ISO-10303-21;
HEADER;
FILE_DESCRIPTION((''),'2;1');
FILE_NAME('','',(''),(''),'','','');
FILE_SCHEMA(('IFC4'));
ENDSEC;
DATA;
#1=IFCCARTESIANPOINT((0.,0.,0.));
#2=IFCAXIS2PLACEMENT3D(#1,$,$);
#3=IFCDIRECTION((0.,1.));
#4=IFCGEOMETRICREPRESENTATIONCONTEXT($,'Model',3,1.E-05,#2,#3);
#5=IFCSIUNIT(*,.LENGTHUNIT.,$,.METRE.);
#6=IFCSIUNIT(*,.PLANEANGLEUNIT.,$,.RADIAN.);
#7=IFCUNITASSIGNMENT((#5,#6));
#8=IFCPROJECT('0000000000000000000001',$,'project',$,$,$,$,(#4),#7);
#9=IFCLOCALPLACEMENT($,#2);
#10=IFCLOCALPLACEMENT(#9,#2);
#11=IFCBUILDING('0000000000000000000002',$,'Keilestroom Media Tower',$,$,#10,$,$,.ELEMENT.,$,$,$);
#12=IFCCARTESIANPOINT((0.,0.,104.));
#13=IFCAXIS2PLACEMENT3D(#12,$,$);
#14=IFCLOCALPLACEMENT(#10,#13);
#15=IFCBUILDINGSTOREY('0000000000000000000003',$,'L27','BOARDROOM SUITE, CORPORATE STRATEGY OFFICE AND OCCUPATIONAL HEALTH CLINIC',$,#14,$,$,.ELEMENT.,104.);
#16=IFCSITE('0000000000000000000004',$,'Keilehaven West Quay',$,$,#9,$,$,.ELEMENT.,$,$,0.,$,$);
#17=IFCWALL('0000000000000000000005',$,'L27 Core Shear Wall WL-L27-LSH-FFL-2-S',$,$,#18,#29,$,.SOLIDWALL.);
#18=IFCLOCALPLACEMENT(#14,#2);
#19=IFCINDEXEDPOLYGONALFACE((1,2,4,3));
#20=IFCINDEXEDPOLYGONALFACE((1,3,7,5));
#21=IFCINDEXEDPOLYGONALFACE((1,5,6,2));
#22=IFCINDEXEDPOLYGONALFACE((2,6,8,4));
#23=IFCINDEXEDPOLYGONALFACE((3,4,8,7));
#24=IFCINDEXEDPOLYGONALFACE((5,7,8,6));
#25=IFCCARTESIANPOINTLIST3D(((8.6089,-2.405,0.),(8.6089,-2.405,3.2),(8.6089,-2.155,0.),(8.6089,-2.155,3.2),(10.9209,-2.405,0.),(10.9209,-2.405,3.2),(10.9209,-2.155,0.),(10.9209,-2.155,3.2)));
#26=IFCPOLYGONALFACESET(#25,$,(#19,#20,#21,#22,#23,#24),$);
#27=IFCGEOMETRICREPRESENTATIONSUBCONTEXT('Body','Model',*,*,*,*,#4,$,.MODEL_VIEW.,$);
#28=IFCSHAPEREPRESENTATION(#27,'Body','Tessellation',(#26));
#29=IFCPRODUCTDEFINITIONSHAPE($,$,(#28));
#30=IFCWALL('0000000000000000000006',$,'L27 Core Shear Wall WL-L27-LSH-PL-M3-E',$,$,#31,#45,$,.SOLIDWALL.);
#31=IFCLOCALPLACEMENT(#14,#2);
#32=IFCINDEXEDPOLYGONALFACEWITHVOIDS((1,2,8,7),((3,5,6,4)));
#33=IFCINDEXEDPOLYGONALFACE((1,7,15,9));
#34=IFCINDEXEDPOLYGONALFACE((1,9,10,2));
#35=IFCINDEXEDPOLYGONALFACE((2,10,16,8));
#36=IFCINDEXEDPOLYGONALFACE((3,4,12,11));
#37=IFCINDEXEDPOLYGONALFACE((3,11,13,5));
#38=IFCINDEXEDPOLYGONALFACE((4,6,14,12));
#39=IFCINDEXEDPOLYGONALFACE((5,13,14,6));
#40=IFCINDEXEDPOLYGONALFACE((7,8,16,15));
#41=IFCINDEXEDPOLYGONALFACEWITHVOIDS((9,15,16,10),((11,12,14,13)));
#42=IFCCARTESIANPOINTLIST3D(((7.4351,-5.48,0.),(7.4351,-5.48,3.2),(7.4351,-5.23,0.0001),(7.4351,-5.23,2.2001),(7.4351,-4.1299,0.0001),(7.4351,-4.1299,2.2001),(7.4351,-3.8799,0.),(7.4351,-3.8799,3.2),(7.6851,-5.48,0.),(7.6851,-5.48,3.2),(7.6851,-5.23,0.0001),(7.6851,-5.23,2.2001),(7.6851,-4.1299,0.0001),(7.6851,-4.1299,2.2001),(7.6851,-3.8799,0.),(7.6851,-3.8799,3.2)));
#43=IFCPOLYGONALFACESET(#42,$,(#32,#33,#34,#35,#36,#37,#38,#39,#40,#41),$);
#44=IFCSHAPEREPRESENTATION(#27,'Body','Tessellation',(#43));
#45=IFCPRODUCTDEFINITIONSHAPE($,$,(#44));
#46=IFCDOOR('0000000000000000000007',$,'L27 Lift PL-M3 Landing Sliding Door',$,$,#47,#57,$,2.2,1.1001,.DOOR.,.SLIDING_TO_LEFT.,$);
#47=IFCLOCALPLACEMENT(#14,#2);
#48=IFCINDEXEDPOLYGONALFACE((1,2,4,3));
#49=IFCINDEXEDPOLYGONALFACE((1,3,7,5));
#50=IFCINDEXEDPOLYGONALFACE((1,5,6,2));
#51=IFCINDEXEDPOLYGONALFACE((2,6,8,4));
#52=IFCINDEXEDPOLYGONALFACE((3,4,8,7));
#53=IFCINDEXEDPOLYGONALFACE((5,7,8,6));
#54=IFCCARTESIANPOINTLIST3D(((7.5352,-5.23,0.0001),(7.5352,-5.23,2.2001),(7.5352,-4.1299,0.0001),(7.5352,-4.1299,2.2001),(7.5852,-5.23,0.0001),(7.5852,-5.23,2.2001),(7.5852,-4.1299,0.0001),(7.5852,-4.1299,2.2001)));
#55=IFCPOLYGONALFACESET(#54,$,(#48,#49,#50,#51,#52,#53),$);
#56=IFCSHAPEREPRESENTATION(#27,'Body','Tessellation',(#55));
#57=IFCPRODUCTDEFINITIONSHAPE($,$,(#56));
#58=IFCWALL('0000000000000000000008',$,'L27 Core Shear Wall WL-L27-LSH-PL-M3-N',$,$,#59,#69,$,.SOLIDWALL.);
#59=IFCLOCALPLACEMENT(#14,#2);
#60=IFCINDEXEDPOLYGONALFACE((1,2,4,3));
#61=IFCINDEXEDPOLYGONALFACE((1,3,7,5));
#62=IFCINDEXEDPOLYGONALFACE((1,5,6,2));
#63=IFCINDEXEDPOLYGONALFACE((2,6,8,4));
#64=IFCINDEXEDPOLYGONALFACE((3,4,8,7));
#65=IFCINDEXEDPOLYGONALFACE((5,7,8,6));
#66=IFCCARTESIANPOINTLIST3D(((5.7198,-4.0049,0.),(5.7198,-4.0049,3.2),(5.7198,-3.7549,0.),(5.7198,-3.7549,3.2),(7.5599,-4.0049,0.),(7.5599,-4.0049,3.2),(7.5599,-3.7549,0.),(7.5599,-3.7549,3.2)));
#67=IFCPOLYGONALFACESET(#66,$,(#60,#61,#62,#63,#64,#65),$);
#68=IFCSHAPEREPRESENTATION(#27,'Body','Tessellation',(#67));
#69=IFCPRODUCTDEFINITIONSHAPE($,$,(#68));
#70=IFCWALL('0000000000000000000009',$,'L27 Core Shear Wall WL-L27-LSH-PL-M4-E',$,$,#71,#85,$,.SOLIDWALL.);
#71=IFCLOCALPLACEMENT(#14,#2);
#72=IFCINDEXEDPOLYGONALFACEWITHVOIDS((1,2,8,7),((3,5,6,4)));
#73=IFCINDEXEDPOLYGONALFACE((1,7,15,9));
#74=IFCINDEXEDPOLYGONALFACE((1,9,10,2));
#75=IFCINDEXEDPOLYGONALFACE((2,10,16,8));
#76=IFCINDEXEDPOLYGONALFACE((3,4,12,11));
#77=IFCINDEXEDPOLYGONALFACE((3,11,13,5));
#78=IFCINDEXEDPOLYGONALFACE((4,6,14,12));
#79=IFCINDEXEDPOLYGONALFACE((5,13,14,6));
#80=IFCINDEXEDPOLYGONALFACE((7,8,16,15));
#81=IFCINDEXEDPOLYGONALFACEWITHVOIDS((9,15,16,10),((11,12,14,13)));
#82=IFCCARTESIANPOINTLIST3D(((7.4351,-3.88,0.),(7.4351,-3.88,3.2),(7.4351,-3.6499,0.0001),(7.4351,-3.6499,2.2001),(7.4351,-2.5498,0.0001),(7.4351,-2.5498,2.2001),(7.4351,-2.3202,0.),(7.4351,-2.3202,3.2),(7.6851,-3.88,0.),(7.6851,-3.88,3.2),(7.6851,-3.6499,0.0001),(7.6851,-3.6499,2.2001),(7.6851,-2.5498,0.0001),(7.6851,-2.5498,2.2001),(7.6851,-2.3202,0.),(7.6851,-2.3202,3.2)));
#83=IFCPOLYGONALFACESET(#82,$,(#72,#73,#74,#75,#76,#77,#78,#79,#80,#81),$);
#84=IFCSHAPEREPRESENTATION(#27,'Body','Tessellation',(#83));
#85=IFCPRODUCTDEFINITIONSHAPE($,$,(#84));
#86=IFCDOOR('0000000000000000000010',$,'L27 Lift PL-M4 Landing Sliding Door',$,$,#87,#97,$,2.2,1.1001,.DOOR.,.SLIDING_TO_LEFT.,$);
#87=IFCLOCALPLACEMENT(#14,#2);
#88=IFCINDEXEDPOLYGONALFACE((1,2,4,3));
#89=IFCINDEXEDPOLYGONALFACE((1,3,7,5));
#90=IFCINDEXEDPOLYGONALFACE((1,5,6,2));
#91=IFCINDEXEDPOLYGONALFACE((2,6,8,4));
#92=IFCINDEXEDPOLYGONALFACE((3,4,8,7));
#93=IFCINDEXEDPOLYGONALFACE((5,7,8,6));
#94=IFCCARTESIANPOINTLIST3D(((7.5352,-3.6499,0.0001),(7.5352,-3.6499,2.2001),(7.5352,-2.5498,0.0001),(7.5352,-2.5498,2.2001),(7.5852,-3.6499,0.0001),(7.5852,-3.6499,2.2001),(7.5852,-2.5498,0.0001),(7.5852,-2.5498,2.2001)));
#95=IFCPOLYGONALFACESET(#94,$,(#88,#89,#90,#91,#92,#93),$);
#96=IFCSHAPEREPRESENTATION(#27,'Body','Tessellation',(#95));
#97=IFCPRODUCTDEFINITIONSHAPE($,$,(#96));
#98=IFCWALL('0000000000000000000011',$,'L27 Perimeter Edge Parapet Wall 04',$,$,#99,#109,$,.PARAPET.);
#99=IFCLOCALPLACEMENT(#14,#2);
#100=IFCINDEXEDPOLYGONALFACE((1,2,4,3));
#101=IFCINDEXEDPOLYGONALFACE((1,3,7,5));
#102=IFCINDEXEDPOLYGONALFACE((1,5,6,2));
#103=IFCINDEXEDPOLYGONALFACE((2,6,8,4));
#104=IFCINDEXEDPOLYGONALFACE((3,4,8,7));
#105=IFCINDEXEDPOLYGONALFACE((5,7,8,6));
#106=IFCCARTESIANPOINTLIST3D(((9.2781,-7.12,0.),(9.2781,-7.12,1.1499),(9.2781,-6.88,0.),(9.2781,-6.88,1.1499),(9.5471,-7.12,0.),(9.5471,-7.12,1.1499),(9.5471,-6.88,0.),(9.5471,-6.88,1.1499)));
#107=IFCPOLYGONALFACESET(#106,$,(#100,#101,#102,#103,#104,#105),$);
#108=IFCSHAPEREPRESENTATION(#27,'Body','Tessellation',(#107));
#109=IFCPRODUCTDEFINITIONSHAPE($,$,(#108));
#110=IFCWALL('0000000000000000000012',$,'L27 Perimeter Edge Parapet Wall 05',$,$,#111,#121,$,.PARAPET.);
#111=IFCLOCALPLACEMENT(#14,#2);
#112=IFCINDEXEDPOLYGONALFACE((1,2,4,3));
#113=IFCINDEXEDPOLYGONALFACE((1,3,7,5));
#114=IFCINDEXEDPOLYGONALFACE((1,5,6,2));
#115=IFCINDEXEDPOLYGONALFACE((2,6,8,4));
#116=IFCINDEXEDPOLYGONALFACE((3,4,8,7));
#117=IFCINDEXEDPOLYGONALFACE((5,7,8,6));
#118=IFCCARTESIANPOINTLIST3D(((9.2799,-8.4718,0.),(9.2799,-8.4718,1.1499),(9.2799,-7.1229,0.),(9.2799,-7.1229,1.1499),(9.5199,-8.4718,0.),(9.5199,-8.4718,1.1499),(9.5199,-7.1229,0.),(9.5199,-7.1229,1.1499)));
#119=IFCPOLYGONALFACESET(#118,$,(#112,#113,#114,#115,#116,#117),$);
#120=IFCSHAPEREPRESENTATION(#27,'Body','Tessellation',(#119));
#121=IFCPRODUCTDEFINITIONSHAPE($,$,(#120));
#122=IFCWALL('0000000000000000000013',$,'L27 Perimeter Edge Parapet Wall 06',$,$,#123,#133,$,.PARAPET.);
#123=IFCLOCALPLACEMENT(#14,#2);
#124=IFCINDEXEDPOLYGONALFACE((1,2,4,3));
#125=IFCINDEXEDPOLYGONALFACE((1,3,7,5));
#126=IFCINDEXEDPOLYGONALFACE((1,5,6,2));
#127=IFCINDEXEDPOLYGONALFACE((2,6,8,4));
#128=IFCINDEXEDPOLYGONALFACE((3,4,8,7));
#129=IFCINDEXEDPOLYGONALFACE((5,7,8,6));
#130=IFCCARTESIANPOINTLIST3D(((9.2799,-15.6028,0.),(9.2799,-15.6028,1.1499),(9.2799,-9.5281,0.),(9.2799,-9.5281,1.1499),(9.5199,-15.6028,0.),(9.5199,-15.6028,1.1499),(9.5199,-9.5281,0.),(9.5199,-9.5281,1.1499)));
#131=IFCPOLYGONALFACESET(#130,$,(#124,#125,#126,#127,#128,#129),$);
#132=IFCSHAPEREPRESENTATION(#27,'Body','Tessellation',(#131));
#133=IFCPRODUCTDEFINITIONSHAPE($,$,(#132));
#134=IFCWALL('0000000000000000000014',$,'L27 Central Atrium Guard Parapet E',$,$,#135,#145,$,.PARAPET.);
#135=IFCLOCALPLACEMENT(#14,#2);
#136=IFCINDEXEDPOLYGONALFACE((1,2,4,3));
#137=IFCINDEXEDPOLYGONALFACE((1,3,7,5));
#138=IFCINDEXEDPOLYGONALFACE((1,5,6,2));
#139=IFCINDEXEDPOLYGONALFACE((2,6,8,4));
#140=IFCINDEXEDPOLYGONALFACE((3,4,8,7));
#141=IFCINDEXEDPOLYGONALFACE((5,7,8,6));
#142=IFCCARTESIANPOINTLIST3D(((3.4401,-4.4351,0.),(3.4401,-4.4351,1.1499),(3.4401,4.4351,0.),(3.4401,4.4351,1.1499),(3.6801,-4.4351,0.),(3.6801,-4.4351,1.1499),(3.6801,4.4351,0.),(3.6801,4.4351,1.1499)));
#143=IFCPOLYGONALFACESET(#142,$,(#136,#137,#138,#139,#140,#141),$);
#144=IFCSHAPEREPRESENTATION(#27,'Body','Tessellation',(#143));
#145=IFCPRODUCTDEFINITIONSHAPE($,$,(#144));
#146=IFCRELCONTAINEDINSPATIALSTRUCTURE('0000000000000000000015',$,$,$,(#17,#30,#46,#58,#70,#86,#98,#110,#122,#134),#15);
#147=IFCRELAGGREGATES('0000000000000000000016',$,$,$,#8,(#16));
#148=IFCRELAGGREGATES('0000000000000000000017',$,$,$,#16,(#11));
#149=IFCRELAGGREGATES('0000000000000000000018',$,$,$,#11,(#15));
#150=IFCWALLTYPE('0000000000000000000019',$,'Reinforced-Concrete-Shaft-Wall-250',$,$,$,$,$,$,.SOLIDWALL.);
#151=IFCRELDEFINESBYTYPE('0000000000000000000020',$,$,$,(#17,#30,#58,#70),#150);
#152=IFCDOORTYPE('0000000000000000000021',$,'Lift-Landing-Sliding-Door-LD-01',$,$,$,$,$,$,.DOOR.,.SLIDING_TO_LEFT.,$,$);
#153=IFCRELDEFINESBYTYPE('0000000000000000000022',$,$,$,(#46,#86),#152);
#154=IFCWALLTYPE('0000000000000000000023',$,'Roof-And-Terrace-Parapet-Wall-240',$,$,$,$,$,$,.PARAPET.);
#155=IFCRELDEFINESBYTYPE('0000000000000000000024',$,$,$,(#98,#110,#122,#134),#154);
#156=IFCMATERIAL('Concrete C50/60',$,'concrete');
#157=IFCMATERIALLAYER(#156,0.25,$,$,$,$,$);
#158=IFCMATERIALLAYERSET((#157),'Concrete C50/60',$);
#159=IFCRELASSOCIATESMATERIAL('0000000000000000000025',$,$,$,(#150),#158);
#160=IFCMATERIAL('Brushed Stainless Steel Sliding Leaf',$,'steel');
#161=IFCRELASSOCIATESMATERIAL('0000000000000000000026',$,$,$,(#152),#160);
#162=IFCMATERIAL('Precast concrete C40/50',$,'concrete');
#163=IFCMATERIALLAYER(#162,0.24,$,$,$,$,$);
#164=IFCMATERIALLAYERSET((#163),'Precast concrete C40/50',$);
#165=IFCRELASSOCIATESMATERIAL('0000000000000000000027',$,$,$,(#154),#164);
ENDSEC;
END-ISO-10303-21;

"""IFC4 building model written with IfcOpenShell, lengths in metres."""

from ifc_helpers import new_model, si_unit, direction, frame, frame_2d, origin, place, context, subcontext, project, spatial, rectangle, extrude, source, transform, mapped, material, layer, layer_set, type_object, element, fill, save


model = new_model("IFC4")

# Units and contexts
model_context = context("Model", 3, precision=1e-05, world=origin(), true_north=direction((0.0, 1.0)))
body_context = subcontext(model_context, "Body", "Model", "MODEL_VIEW")
ifc_project = project(units=[si_unit("LENGTHUNIT", "METRE"), si_unit("PLANEANGLEUNIT", "RADIAN")], contexts=[model_context])

# Site, building, storey
site_placement = place(None, origin())
site = spatial("IfcSite", under=ifc_project, at=site_placement, Name="Keilehaven West Quay", CompositionType="ELEMENT", RefElevation=0.0)
building_placement = place(site_placement, origin())
building = spatial("IfcBuilding", under=site, at=building_placement, Name="Keilestroom Media Tower", CompositionType="ELEMENT")
storey_placement = place(building_placement, frame((0.0, 0.0, 104.0)))
storey = spatial("IfcBuildingStorey", under=building, at=storey_placement, Name="L27", Description="BOARDROOM SUITE, CORPORATE STRATEGY OFFICE AND OCCUPATIONAL HEALTH CLINIC", CompositionType="ELEMENT", Elevation=104.0)

# Shared definitions
ifc_material_1 = material(Name="Concrete C50/60", Category="concrete")
ifc_layer_1 = layer(ifc_material_1, 0.25)
ifc_layer_set_1 = layer_set([ifc_layer_1], Name="Concrete C50/60")
wall_type_1 = type_object("IfcWallType", Name="Reinforced-Concrete-Shaft-Wall-250", PredefinedType="SOLIDWALL", material=ifc_layer_set_1)

# Shared definitions
ifc_material_2 = material(Name="Brushed Stainless Steel Sliding Leaf", Category="steel")

# Wall
wall_1_placement = place(storey_placement, frame((8.6089, -2.28, 0.0), z_axis=(0.0, 0.0, 1.0), x_axis=(1.0, 0.0, 0.0)))
element("IfcWall", 1, at=wall_1_placement, inside=storey, type_object=wall_type_1, Name="L27 Core Shear Wall WL-L27-LSH-FFL-2-S", PredefinedType="SOLIDWALL", context=body_context, shape_type="SweptSolid", body=[
    extrude(rectangle(XDim=2.312, YDim=0.25, at=frame_2d((1.156, 0.0))), origin(), (0.0, 0.0, 1.0), 3.2),
])

# Wall, opening, door
wall_2_placement = place(storey_placement, frame((7.5601, -5.48, 0.0), z_axis=(0.0, 0.0, 1.0), x_axis=(0.0, 1.0, 0.0)))
wall_2 = element("IfcWall", 2, at=wall_2_placement, inside=storey, type_object=wall_type_1, Name="L27 Core Shear Wall WL-L27-LSH-PL-M3-E", PredefinedType="SOLIDWALL", context=body_context, shape_type="SweptSolid", body=[
    extrude(rectangle(XDim=1.6001, YDim=0.25, at=frame_2d((0.8, 0.0))), origin(), (0.0, 0.0, 1.0), 3.2),
])
opening_1_placement = place(wall_2_placement, frame((0.25, 0.0, 0.0)))
opening_1 = element("IfcOpeningElement", 3, at=opening_1_placement, cuts=wall_2, PredefinedType="OPENING", context=body_context, shape_type="SweptSolid", body=[
    extrude(rectangle(XDim=1.1001, YDim=2.2, at=frame_2d((0.55, 1.1001))), frame((0.0, 0.135, 0.0), z_axis=(0.0, -1.0, 0.0), x_axis=(1.0, 0.0, 0.0)), (0.0, 0.0, 1.0), 0.27),
])
door_type_1 = type_object("IfcDoorType", Name="Lift-Landing-Sliding-Door-LD-01", OperationType="SLIDING_TO_LEFT", PredefinedType="DOOR", material=ifc_material_2)
shared_shape_1 = source(origin(), body_context, "Body", "SweptSolid", [
    extrude(rectangle(XDim=1.1001, YDim=2.2, at=frame_2d((0.55, 1.1001))), frame((0.0, 0.0249, 0.0), z_axis=(0.0, -1.0, 0.0), x_axis=(1.0, 0.0, 0.0)), (0.0, 0.0, 1.0), 0.05),
])
door_1_placement = place(opening_1_placement, origin())
door_1 = element("IfcDoor", 4, at=door_1_placement, inside=storey, type_object=door_type_1, Name="L27 Lift PL-M3 Landing Sliding Door", OperationType="SLIDING_TO_LEFT", OverallHeight=2.2, OverallWidth=1.1001, PredefinedType="DOOR", context=body_context, shape_type="MappedRepresentation", body=[
    mapped(shared_shape_1, transform((0.0, 0.0, 0.0), x_axis=(1.0, 0.0, 0.0), y_axis=(0.0, 1.0, 0.0), z_axis=(0.0, 0.0, 1.0), scale=1.0)),
])
fill(opening_1, door_1)

# Wall
wall_3_placement = place(storey_placement, frame((5.72, -3.8799, 0.0), z_axis=(0.0, 0.0, 1.0), x_axis=(1.0, 0.0, 0.0)))
element("IfcWall", 5, at=wall_3_placement, inside=storey, type_object=wall_type_1, Name="L27 Core Shear Wall WL-L27-LSH-PL-M3-N", PredefinedType="SOLIDWALL", context=body_context, shape_type="SweptSolid", body=[
    extrude(rectangle(XDim=1.8401, YDim=0.25, at=frame_2d((0.9199, 0.0))), origin(), (0.0, 0.0, 1.0), 3.2),
])

# Wall, opening, door
wall_4_placement = place(storey_placement, frame((7.5601, -3.8799, 0.0), z_axis=(0.0, 0.0, 1.0), x_axis=(0.0, 1.0, 0.0)))
wall_4 = element("IfcWall", 6, at=wall_4_placement, inside=storey, type_object=wall_type_1, Name="L27 Core Shear Wall WL-L27-LSH-PL-M4-E", PredefinedType="SOLIDWALL", context=body_context, shape_type="SweptSolid", body=[
    extrude(rectangle(XDim=1.5598, YDim=0.25, at=frame_2d((0.7798, 0.0))), origin(), (0.0, 0.0, 1.0), 3.2),
])
opening_2_placement = place(wall_4_placement, frame((0.23, 0.0, 0.0)))
opening_2 = element("IfcOpeningElement", 7, at=opening_2_placement, cuts=wall_4, PredefinedType="OPENING", context=body_context, shape_type="SweptSolid", body=[
    extrude(rectangle(XDim=1.1001, YDim=2.2, at=frame_2d((0.55, 1.1001))), frame((0.0, 0.135, 0.0), z_axis=(0.0, -1.0, 0.0), x_axis=(1.0, 0.0, 0.0)), (0.0, 0.0, 1.0), 0.27),
])
door_2_placement = place(opening_2_placement, origin())
door_2 = element("IfcDoor", 8, at=door_2_placement, inside=storey, type_object=door_type_1, Name="L27 Lift PL-M4 Landing Sliding Door", OperationType="SLIDING_TO_LEFT", OverallHeight=2.2, OverallWidth=1.1001, PredefinedType="DOOR", context=body_context, shape_type="MappedRepresentation", body=[
    mapped(shared_shape_1, transform((0.0, 0.0, 0.0), x_axis=(1.0, 0.0, 0.0), y_axis=(0.0, 1.0, 0.0), z_axis=(0.0, 0.0, 1.0), scale=1.0)),
])
fill(opening_2, door_2)

# Walls
ifc_material_3 = material(Name="Precast concrete C40/50", Category="concrete")
ifc_layer_2 = layer(ifc_material_3, 0.24)
ifc_layer_set_2 = layer_set([ifc_layer_2], Name="Precast concrete C40/50")
wall_type_2 = type_object("IfcWallType", Name="Roof-And-Terrace-Parapet-Wall-240", PredefinedType="PARAPET", material=ifc_layer_set_2)
wall_5_placement = place(storey_placement, frame((9.5471, -7.0, 0.0), z_axis=(0.0, 0.0, 1.0), x_axis=(-1.0, 0.0, 0.0)))
element("IfcWall", 9, at=wall_5_placement, inside=storey, type_object=wall_type_2, Name="L27 Perimeter Edge Parapet Wall 04", PredefinedType="PARAPET", context=body_context, shape_type="SweptSolid", body=[
    extrude(rectangle(XDim=0.269, YDim=0.24, at=frame_2d((0.1345, 0.0))), origin(), (0.0, 0.0, 1.0), 1.1499),
])
wall_6_placement = place(storey_placement, frame((9.3999, -7.123, 0.0), z_axis=(0.0, 0.0, 1.0), x_axis=(0.0, -1.0, 0.0)))
element("IfcWall", 10, at=wall_6_placement, inside=storey, type_object=wall_type_2, Name="L27 Perimeter Edge Parapet Wall 05", PredefinedType="PARAPET", context=body_context, shape_type="SweptSolid", body=[
    extrude(rectangle(XDim=1.3489, YDim=0.24, at=frame_2d((0.6743, 0.0))), origin(), (0.0, 0.0, 1.0), 1.1499),
])
wall_7_placement = place(storey_placement, frame((9.3999, -9.5281, 0.0), z_axis=(0.0, 0.0, 1.0), x_axis=(0.0, -1.0, 0.0)))
element("IfcWall", 11, at=wall_7_placement, inside=storey, type_object=wall_type_2, Name="L27 Perimeter Edge Parapet Wall 06", PredefinedType="PARAPET", context=body_context, shape_type="SweptSolid", body=[
    extrude(rectangle(XDim=6.0747, YDim=0.24, at=frame_2d((3.0374, 0.0))), origin(), (0.0, 0.0, 1.0), 1.1499),
])
wall_8_placement = place(storey_placement, frame((3.5601, -4.4351, 0.0), z_axis=(0.0, 0.0, 1.0), x_axis=(0.0, 1.0, 0.0)))
element("IfcWall", 12, at=wall_8_placement, inside=storey, type_object=wall_type_2, Name="L27 Central Atrium Guard Parapet E", PredefinedType="PARAPET", context=body_context, shape_type="SweptSolid", body=[
    extrude(rectangle(XDim=8.8701, YDim=0.24, at=frame_2d((4.4351, 0.0))), origin(), (0.0, 0.0, 1.0), 1.1499),
])

save(model, "model.ifc")
